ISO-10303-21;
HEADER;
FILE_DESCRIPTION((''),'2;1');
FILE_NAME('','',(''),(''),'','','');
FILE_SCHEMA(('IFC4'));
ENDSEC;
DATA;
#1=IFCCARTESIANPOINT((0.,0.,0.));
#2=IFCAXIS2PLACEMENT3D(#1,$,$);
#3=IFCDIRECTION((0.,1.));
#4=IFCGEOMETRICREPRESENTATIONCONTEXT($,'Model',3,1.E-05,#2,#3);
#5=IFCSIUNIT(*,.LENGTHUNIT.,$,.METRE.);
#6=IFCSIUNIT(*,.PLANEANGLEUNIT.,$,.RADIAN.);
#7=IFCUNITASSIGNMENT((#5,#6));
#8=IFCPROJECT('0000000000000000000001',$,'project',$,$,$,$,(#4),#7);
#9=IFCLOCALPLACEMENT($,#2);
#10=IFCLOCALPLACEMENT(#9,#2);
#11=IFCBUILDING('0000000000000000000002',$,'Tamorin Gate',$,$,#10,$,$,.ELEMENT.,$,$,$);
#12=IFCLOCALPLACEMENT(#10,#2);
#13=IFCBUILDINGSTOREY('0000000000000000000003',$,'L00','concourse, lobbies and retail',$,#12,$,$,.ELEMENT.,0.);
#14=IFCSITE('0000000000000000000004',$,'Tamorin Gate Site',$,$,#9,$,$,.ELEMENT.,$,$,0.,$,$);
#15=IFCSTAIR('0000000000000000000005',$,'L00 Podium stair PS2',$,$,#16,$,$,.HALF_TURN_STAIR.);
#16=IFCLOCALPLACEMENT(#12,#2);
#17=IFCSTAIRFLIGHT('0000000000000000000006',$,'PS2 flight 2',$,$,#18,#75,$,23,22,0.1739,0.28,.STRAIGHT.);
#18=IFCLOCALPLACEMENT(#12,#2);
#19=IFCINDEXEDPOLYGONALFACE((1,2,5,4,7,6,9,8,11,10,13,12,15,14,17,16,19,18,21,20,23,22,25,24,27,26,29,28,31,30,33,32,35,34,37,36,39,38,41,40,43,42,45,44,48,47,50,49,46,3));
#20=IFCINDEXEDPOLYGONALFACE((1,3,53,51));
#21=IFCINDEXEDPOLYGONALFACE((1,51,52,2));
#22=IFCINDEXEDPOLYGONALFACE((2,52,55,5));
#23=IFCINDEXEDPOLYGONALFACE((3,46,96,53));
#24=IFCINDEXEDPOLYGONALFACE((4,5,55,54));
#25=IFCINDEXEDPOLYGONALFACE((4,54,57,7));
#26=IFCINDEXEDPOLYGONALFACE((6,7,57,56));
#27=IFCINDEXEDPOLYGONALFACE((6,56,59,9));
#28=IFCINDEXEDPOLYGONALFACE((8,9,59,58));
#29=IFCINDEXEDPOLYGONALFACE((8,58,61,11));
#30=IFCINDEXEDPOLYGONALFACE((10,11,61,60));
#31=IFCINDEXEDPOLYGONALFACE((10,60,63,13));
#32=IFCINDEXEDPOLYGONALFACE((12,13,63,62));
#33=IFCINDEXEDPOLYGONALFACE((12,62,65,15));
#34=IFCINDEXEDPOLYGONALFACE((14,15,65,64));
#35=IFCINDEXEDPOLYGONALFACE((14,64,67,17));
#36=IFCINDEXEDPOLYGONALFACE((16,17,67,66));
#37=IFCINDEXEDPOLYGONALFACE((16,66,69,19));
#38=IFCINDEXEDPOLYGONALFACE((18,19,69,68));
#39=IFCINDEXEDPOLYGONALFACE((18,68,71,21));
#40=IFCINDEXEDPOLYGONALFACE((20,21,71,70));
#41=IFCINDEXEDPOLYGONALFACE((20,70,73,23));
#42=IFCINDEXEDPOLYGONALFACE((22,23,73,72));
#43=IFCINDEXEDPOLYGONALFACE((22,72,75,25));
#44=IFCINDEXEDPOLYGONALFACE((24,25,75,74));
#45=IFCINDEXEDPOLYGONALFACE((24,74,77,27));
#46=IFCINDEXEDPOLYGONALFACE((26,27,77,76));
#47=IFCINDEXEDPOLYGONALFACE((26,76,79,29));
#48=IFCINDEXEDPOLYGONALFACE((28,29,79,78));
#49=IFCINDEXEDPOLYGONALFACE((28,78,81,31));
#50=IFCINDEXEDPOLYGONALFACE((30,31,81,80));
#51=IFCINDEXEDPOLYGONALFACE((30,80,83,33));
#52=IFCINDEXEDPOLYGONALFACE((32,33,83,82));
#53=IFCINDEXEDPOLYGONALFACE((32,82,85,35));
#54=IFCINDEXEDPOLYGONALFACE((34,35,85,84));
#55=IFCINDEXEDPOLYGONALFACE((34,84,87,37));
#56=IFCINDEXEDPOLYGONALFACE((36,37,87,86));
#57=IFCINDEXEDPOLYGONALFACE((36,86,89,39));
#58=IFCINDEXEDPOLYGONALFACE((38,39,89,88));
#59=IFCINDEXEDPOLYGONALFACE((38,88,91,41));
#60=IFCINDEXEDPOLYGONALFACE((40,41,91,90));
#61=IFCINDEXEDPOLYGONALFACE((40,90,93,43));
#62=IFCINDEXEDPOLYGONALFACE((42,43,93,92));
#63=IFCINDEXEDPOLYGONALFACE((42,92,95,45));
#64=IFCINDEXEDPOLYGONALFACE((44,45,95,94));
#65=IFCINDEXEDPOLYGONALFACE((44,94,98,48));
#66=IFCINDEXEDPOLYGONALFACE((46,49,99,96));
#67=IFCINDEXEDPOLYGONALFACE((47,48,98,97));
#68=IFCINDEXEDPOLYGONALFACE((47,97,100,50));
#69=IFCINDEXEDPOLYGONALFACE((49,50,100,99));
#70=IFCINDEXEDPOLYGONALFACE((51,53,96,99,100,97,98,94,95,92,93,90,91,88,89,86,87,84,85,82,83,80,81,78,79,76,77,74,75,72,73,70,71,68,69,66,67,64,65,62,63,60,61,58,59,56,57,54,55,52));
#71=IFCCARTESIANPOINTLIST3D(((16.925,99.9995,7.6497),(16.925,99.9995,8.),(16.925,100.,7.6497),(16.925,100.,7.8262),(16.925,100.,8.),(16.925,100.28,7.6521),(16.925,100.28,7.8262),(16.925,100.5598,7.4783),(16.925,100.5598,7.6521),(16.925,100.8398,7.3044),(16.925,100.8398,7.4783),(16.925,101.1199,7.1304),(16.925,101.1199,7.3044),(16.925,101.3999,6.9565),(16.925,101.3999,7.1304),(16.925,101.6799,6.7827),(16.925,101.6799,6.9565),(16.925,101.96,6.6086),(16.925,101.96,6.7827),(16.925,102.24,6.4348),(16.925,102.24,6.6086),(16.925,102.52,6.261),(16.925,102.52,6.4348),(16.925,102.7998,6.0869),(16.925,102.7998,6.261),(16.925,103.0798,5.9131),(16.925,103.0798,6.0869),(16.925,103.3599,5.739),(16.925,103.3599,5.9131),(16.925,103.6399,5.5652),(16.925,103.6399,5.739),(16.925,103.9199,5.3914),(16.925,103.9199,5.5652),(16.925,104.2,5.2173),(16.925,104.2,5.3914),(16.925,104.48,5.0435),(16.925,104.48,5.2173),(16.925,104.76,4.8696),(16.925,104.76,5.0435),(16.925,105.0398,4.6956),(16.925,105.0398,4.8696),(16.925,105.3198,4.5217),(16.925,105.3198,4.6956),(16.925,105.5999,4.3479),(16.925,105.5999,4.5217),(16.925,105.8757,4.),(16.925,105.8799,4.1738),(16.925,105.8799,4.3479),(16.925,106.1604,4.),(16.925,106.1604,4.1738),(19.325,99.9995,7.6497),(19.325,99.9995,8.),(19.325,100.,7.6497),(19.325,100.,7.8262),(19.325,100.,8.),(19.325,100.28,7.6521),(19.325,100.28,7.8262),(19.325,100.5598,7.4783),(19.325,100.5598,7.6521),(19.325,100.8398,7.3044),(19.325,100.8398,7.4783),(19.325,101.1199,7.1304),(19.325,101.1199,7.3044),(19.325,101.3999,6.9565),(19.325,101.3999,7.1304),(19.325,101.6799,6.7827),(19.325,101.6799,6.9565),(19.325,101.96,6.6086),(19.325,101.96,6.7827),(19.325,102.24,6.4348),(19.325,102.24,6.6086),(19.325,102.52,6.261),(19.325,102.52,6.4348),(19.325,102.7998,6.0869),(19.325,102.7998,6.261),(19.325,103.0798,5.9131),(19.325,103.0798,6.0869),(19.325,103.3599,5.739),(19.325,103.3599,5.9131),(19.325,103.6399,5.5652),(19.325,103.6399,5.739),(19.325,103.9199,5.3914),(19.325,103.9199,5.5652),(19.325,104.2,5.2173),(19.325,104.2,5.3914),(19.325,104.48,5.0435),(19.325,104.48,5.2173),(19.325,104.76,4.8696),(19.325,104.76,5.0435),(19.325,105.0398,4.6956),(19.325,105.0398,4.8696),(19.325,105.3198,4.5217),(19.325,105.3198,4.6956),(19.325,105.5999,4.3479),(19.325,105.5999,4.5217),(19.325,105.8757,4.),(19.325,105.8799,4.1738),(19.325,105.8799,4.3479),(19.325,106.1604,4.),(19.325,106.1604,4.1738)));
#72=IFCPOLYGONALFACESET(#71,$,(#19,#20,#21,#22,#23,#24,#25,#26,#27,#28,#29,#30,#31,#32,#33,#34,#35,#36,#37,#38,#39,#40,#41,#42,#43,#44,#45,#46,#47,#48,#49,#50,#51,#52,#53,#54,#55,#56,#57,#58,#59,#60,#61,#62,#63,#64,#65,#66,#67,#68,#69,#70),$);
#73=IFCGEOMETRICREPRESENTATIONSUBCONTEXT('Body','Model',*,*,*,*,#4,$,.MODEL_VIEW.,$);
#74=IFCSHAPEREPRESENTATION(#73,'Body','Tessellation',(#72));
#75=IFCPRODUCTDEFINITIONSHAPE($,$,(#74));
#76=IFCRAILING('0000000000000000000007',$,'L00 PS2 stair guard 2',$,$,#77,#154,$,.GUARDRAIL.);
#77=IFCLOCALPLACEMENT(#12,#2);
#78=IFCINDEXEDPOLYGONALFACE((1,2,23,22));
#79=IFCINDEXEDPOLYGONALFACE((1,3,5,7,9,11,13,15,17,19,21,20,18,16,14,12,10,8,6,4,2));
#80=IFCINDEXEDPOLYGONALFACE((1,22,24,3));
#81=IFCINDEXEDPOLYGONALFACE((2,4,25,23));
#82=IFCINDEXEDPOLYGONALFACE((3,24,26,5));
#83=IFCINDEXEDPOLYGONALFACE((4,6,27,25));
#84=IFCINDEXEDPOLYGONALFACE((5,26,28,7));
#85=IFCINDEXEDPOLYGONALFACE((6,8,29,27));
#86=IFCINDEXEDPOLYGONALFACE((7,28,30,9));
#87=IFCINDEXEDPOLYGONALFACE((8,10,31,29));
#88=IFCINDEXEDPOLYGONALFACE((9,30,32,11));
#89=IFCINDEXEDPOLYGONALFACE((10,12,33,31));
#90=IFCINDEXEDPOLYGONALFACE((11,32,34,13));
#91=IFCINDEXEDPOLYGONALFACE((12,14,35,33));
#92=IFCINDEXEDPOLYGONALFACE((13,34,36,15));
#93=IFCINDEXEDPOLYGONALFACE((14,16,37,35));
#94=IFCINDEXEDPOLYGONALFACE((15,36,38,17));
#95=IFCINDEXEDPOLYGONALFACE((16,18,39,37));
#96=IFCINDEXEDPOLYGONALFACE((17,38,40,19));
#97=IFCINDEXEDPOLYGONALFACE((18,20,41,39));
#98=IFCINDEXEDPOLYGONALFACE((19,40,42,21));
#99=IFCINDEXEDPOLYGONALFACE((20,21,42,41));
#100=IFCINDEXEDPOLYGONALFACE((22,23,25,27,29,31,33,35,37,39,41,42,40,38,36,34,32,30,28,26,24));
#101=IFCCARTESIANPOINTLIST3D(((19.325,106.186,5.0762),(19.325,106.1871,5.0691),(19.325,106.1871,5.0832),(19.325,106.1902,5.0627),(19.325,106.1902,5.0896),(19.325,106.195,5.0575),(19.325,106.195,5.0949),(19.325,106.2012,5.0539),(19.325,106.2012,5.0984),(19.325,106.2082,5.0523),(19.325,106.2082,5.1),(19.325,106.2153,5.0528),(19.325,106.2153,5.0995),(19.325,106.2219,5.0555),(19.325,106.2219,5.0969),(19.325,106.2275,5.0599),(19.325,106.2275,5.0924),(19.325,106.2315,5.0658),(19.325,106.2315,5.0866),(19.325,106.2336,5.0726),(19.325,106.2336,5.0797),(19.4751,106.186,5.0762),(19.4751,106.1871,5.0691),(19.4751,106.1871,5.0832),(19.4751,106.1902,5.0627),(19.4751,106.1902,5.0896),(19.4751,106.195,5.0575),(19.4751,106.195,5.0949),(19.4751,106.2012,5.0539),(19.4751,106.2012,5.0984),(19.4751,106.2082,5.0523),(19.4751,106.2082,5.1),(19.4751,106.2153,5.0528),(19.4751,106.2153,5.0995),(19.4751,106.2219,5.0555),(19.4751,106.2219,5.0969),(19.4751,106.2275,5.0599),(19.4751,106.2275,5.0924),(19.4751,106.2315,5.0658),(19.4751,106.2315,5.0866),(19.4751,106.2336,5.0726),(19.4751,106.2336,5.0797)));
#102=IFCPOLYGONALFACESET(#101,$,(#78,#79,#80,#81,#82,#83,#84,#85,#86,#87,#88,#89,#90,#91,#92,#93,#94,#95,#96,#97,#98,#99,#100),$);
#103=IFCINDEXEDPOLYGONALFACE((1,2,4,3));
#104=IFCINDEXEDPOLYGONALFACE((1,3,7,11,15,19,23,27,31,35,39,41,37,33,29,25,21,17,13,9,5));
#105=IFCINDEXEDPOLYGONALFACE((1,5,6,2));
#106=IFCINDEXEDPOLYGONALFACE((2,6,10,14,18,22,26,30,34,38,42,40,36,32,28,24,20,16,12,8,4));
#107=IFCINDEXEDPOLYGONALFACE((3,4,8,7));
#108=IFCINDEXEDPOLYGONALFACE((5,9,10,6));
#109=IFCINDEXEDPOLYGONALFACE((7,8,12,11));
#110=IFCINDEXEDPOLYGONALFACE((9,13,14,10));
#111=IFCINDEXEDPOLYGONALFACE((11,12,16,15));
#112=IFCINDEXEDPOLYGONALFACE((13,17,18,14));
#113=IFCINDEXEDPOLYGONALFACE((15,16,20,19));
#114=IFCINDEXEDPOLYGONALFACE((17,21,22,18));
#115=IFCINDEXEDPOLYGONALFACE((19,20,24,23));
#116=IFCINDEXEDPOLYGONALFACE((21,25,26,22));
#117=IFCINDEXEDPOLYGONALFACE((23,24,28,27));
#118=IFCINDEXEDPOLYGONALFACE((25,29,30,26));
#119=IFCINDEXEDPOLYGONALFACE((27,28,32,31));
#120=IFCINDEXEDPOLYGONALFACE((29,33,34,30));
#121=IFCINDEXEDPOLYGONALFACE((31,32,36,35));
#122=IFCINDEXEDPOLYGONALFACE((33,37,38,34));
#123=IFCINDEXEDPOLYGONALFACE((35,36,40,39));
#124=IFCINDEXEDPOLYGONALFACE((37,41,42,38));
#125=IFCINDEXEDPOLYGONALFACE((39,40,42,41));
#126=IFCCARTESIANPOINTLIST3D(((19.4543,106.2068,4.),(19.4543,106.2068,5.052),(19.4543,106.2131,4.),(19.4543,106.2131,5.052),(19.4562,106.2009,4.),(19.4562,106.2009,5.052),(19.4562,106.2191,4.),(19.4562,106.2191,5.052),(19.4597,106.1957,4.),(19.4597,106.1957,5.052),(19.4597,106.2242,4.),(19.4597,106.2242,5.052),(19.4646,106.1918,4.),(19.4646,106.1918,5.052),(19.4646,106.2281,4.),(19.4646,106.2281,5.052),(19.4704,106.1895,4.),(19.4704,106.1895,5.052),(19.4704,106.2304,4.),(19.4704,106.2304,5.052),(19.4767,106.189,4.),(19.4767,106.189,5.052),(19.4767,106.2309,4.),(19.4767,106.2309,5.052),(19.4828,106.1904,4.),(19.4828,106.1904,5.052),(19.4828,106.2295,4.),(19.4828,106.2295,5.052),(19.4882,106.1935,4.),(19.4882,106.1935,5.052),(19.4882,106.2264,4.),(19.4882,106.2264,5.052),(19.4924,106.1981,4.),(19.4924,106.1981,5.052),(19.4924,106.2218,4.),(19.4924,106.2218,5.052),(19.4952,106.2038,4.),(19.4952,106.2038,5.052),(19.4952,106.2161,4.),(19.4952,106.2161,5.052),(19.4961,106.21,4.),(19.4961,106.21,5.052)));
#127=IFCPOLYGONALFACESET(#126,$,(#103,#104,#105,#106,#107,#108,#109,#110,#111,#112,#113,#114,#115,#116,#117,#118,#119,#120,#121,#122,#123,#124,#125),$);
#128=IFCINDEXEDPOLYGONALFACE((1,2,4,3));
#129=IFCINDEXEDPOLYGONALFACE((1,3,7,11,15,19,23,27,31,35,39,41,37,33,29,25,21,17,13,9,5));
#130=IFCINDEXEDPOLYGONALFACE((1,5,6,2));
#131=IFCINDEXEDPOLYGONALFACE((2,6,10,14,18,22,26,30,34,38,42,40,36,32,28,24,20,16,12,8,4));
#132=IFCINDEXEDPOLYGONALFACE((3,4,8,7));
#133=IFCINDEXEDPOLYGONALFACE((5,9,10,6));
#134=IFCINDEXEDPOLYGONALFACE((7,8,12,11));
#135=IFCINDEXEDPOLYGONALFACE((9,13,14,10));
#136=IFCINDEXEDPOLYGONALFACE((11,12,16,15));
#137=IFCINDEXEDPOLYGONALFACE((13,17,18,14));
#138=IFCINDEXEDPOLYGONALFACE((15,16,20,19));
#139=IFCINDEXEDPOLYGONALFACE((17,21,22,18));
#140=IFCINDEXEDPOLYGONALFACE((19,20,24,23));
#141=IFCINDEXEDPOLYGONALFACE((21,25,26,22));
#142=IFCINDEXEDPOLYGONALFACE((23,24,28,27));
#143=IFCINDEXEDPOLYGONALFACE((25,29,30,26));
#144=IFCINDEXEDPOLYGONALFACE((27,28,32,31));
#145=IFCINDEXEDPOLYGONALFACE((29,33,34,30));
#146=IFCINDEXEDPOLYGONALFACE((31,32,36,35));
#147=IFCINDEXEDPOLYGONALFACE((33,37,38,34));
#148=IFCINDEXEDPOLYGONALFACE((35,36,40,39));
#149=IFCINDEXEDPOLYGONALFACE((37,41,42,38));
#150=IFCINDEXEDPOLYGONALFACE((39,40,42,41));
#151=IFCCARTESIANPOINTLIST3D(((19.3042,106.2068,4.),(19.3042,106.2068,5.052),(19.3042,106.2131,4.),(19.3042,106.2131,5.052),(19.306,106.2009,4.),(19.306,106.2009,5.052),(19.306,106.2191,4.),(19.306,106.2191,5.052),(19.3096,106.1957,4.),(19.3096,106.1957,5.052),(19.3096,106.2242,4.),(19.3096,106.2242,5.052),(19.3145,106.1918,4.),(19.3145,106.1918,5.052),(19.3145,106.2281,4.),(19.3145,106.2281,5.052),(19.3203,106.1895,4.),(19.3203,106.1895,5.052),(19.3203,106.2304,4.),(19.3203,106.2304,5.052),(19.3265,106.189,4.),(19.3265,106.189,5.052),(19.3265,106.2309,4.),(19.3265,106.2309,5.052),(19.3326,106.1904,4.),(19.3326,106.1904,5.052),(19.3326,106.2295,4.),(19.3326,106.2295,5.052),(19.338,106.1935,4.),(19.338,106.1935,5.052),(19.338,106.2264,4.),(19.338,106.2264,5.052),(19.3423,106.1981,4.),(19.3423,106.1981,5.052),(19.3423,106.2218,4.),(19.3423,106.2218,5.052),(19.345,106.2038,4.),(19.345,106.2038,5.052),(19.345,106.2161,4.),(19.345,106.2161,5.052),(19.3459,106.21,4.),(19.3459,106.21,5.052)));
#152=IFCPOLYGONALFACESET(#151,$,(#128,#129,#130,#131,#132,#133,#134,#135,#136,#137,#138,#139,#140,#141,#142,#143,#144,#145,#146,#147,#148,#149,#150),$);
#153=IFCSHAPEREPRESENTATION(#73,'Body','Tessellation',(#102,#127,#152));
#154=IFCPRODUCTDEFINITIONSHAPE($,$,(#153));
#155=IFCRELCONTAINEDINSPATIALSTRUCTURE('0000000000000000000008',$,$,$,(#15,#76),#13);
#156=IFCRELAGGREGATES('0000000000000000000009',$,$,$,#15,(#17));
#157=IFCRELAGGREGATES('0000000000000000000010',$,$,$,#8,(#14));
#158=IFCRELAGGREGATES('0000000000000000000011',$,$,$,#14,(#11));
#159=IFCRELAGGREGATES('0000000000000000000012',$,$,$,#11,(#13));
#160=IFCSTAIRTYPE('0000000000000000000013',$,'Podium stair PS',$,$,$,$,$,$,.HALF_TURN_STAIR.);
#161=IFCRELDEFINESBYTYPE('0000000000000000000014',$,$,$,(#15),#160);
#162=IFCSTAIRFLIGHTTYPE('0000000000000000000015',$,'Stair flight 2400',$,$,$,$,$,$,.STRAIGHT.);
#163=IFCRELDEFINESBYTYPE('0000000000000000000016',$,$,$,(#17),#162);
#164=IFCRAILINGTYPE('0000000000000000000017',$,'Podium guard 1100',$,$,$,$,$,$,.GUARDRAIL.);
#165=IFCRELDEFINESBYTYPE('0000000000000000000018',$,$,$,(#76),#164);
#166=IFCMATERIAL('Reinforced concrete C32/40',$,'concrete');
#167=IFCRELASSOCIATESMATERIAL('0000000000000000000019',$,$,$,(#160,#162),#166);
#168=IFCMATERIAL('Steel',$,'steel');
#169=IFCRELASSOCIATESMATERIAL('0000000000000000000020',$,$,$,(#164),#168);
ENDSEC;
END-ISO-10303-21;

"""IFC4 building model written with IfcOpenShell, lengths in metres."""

from ifc_helpers import new_model, si_unit, direction, frame, origin, origin_2d, place, context, subcontext, project, spatial, polyline, circle, outline, extrude, material, type_object, element, aggregate, save


model = new_model("IFC4")

# Units and contexts
model_context = context("Model", 3, precision=1e-05, world=origin(), true_north=direction((0.0, 1.0)))
body_context = subcontext(model_context, "Body", "Model", "MODEL_VIEW")
ifc_project = project(units=[si_unit("LENGTHUNIT", "METRE"), si_unit("PLANEANGLEUNIT", "RADIAN")], contexts=[model_context])

# Site, building, storey
site_placement = place(None, origin())
site = spatial("IfcSite", under=ifc_project, at=site_placement, Name="Tamorin Gate Site", CompositionType="ELEMENT", RefElevation=0.0)
building_placement = place(site_placement, origin())
building = spatial("IfcBuilding", under=site, at=building_placement, Name="Tamorin Gate", CompositionType="ELEMENT")
storey_placement = place(building_placement, origin())
storey = spatial("IfcBuildingStorey", under=building, at=storey_placement, Name="L00", Description="concourse, lobbies and retail", CompositionType="ELEMENT", Elevation=0.0)

# Stair, stair flight
ifc_material_1 = material(Name="Reinforced concrete C32/40", Category="concrete")
stair_type = type_object("IfcStairType", Name="Podium stair PS", PredefinedType="HALF_TURN_STAIR", material=ifc_material_1)
stair_placement = place(storey_placement, origin())
stair = element("IfcStair", 1, at=stair_placement, inside=storey, type_object=stair_type, Name="L00 Podium stair PS2", PredefinedType="HALF_TURN_STAIR")
stair_flight_type = type_object("IfcStairFlightType", Name="Stair flight 2400", PredefinedType="STRAIGHT", material=ifc_material_1)
stair_flight_placement = place(storey_placement, frame((18.125, 106.1599, 4.0), z_axis=(0.0, 0.0, 1.0), x_axis=(0.0, -1.0, 0.0)))
stair_flight = element("IfcStairFlight", 2, at=stair_flight_placement, type_object=stair_flight_type, Name="PS2 flight 2", NumberOfRisers=23, NumberOfTreads=22, PredefinedType="STRAIGHT", RiserHeight=0.1739, TreadLength=0.28, context=body_context, shape_type="SweptSolid", body=[
    extrude(outline(polyline([(-0.0005, 0.0), (-0.0005, 0.1738), (0.28, 0.1738), (0.28, 0.3479), (0.5601, 0.3479), (0.5601, 0.5217), (0.8401, 0.5217), (0.8401, 0.6956), (1.1201, 0.6956), (1.1201, 0.8696), (1.3999, 0.8696), (1.3999, 1.0435), (1.6799, 1.0435), (1.6799, 1.2173), (1.96, 1.2173), (1.96, 1.3914), (2.24, 1.3914), (2.24, 1.5652), (2.52, 1.5652), (2.52, 1.739), (2.8, 1.739), (2.8, 1.9131), (3.0801, 1.9131), (3.0801, 2.0869), (3.3601, 2.0869), (3.3601, 2.261), (3.6399, 2.261), (3.6399, 2.4348), (3.9199, 2.4348), (3.9199, 2.6086), (4.2, 2.6086), (4.2, 2.7827), (4.48, 2.7827), (4.48, 2.9565), (4.76, 2.9565), (4.76, 3.1304), (5.04, 3.1304), (5.04, 3.3044), (5.3201, 3.3044), (5.3201, 3.4783), (5.6001, 3.4783), (5.6001, 3.6521), (5.8799, 3.6521), (5.8799, 3.8262), (6.1599, 3.8262), (6.1599, 4.0), (6.1604, 4.0), (6.1604, 3.6497), (6.1599, 3.6497), (0.2842, 0.0), (-0.0005, 0.0)])), frame((0.0, 1.2, 0.0), z_axis=(0.0, -1.0, 0.0), x_axis=(1.0, 0.0, 0.0)), (0.0, 0.0, 1.0), 2.3999),
])
aggregate(stair, [stair_flight])

# Railing
ifc_material_2 = material(Name="Steel", Category="steel")
railing_type_1 = type_object("IfcRailingType", Name="Podium guard 1100", PredefinedType="GUARDRAIL", material=ifc_material_2)
railing_1_placement = place(storey_placement, frame((19.4751, 106.21, 4.0)))
element("IfcRailing", 3, at=railing_1_placement, inside=storey, type_object=railing_type_1, Name="L00 PS2 stair guard 2", PredefinedType="GUARDRAIL", context=body_context, shape_type="SweptSolid", body=[
    extrude(circle(Radius=0.0239, at=origin_2d()), frame((0.0, 0.0, 1.0762), z_axis=(-1.0, 0.0, 0.0), x_axis=(0.0, -1.0, 0.0)), (0.0, 0.0, 1.0), 0.1501),
    extrude(circle(Radius=0.021, at=origin_2d()), origin(), (0.0, 0.0, 1.0), 1.052),
    extrude(circle(Radius=0.021, at=origin_2d()), frame((-0.1501, 0.0, 0.0)), (0.0, 0.0, 1.0), 1.052),
])

save(model, "model.ifc")
